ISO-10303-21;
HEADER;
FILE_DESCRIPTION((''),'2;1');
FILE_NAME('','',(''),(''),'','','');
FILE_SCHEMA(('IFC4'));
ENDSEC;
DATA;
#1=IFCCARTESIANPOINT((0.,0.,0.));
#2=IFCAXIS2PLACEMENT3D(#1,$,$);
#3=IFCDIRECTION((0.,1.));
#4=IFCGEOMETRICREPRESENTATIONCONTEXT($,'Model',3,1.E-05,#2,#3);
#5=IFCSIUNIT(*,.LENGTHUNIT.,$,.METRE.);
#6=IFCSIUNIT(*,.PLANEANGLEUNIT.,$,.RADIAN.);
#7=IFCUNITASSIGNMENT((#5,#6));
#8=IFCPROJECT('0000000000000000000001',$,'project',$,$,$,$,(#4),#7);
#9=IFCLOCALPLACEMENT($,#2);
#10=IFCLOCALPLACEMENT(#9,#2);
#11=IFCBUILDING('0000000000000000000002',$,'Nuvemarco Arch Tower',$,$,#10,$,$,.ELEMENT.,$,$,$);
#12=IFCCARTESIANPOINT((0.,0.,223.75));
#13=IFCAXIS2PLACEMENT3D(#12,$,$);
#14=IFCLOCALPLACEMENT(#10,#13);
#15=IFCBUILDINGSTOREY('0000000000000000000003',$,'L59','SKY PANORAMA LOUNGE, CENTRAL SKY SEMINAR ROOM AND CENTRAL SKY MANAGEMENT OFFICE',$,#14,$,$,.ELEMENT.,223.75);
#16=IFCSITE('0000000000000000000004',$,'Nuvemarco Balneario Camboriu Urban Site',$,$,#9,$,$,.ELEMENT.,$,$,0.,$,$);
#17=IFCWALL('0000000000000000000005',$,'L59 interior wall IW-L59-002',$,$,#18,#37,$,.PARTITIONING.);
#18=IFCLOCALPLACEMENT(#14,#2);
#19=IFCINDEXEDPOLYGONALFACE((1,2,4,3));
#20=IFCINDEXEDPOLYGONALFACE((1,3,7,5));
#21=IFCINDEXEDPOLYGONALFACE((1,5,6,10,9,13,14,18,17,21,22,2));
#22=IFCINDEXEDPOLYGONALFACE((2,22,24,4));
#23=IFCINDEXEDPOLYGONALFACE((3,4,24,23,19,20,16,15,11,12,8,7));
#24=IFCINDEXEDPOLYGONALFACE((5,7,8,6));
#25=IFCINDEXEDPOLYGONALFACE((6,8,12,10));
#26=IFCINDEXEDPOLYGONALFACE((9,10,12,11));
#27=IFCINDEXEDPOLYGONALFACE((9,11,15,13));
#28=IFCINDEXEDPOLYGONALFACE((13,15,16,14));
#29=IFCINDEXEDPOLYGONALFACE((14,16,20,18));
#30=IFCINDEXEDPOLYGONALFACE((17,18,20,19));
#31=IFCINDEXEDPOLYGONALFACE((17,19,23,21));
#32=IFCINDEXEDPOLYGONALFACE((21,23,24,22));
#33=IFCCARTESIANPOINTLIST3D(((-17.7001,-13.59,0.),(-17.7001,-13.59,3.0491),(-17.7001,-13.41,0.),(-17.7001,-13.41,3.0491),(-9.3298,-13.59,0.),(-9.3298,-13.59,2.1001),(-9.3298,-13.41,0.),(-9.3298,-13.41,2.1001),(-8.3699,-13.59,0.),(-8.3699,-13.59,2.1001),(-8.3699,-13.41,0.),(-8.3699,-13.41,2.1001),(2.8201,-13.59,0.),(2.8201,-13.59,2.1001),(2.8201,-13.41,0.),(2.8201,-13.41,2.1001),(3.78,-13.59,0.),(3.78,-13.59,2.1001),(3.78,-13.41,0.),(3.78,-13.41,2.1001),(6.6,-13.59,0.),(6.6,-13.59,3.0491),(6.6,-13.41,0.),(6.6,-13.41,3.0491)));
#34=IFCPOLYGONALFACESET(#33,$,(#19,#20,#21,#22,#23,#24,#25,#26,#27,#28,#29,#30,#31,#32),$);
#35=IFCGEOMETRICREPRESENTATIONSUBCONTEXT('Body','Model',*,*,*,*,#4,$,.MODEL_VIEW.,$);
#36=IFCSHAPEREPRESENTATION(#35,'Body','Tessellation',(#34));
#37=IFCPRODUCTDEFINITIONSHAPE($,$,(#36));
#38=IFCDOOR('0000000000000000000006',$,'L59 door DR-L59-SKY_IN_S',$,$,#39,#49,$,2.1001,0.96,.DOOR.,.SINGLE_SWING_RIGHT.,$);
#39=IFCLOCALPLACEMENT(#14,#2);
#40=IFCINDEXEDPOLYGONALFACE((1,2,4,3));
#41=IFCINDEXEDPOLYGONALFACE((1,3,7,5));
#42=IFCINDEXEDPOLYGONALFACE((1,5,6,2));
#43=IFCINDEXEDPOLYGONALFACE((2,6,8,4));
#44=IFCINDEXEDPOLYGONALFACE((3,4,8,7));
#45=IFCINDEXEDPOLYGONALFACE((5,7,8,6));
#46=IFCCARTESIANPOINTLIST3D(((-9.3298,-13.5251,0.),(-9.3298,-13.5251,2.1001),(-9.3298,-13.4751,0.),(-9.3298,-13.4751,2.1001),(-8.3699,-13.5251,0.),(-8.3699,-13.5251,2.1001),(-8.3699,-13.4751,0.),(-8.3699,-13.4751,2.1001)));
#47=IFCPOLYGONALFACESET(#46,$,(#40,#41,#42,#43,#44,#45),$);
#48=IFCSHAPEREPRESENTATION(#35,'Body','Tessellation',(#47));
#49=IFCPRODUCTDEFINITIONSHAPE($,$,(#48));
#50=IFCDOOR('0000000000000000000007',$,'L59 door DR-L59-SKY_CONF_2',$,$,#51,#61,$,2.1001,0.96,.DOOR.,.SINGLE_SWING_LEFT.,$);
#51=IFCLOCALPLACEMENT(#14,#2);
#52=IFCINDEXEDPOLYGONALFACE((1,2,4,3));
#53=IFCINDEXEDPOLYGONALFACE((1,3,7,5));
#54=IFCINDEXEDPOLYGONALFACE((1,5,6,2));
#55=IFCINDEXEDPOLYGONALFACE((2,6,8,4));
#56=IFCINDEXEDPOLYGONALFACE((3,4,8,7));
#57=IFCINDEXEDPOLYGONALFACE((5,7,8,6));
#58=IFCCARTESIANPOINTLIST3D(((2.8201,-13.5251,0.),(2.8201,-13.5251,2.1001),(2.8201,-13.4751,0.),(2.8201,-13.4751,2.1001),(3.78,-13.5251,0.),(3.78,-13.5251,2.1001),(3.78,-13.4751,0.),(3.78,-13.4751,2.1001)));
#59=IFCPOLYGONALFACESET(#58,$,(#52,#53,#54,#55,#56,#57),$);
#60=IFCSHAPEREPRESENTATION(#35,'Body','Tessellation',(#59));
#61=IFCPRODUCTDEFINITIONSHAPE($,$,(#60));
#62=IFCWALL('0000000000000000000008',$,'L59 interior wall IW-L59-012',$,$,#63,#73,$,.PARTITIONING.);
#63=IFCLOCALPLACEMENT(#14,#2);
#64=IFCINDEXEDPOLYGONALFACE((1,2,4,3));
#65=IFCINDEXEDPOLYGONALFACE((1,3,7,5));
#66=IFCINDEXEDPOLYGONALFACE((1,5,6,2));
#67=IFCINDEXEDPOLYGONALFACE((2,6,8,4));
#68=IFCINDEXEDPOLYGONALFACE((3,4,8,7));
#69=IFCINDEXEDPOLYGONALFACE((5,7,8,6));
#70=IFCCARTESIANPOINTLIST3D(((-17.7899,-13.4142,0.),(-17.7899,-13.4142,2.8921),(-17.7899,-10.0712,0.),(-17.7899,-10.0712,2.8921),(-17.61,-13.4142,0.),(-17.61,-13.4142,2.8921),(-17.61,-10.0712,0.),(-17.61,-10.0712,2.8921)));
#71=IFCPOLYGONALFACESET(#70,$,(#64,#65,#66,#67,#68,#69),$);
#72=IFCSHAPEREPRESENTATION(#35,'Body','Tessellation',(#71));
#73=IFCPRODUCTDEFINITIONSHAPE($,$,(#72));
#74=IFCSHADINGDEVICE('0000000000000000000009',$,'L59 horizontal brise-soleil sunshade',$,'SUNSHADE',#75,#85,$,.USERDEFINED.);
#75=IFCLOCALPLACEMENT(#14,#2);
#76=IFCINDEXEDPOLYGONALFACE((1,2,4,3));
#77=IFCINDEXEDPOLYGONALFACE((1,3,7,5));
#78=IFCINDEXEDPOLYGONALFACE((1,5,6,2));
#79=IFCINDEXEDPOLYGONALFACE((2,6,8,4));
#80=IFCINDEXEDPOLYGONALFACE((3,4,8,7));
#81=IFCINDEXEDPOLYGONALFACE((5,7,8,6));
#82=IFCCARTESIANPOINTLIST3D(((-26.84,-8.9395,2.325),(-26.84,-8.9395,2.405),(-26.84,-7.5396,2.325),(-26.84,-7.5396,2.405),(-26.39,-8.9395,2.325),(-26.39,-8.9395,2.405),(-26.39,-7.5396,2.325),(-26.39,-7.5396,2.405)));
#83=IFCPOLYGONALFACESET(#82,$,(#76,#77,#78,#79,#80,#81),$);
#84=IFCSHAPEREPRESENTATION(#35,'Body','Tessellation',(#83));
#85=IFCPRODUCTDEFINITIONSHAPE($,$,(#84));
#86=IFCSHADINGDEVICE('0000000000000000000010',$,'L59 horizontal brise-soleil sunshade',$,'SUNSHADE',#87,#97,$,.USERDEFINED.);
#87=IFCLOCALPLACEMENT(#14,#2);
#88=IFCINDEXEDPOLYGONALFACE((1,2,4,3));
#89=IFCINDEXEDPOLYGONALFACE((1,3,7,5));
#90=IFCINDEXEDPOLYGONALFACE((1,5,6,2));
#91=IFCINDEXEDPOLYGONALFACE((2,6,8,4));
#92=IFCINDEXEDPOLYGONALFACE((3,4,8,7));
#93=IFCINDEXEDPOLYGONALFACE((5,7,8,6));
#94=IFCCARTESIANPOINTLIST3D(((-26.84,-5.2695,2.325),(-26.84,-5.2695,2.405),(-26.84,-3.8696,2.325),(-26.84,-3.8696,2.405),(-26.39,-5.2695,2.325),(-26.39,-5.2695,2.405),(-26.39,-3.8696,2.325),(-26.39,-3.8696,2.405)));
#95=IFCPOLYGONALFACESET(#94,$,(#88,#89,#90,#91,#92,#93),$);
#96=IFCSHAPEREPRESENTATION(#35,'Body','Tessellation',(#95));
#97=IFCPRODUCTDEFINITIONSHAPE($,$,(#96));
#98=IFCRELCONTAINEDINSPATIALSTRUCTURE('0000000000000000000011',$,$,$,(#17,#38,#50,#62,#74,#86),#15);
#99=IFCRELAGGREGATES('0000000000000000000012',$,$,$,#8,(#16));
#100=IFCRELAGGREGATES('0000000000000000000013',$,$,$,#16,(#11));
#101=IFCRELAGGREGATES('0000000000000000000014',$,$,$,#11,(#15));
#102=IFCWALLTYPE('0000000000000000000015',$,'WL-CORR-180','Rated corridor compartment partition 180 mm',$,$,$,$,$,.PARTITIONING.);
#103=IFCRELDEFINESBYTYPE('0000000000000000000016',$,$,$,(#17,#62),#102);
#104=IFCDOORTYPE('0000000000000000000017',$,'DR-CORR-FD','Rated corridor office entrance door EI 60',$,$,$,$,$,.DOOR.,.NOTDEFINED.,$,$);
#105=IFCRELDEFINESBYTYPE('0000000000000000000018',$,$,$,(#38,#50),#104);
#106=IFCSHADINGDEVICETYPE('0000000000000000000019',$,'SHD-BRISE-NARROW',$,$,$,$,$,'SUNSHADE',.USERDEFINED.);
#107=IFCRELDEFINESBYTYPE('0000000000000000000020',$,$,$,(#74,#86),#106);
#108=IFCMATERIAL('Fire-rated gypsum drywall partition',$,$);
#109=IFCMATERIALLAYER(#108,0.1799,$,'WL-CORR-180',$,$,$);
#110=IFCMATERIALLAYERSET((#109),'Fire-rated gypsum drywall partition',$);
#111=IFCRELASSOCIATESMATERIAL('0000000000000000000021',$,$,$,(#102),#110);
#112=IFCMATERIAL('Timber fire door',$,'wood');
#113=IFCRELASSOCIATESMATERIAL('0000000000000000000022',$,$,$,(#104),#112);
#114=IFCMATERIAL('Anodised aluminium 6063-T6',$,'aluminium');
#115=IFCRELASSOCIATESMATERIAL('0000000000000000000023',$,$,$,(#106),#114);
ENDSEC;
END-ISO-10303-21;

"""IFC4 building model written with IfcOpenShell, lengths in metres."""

from ifc_helpers import new_model, si_unit, direction, frame, frame_2d, origin, origin_2d, place, context, subcontext, project, spatial, rectangle, extrude, source, transform, mapped, material, layer, layer_set, type_object, type_shapes, element, fill, save


model = new_model("IFC4")

# Units and contexts
model_context = context("Model", 3, precision=1e-05, world=origin(), true_north=direction((0.0, 1.0)))
body_context = subcontext(model_context, "Body", "Model", "MODEL_VIEW")
ifc_project = project(units=[si_unit("LENGTHUNIT", "METRE"), si_unit("PLANEANGLEUNIT", "RADIAN")], contexts=[model_context])

# Site, building, storey
site_placement = place(None, origin())
site = spatial("IfcSite", under=ifc_project, at=site_placement, Name="Nuvemarco Balneario Camboriu Urban Site", CompositionType="ELEMENT", RefElevation=0.0)
building_placement = place(site_placement, origin())
building = spatial("IfcBuilding", under=site, at=building_placement, Name="Nuvemarco Arch Tower", CompositionType="ELEMENT")
storey_placement = place(building_placement, frame((0.0, 0.0, 223.75)))
storey = spatial("IfcBuildingStorey", under=building, at=storey_placement, Name="L59", Description="SKY PANORAMA LOUNGE, CENTRAL SKY SEMINAR ROOM AND CENTRAL SKY MANAGEMENT OFFICE", CompositionType="ELEMENT", Elevation=223.75)

# Wall, openings, doors
ifc_material_1 = material(Name="Fire-rated gypsum drywall partition")
ifc_layer_1 = layer(ifc_material_1, 0.1799, Name="WL-CORR-180")
ifc_layer_set_1 = layer_set([ifc_layer_1], Name="Fire-rated gypsum drywall partition")
wall_type_1 = type_object("IfcWallType", Name="WL-CORR-180", Description="Rated corridor compartment partition 180 mm", PredefinedType="PARTITIONING", material=ifc_layer_set_1)
wall_1_placement = place(storey_placement, frame((-17.7, -13.5, 0.0), z_axis=(0.0, 0.0, 1.0), x_axis=(1.0, 0.0, 0.0)))
wall_1 = element("IfcWall", 1, at=wall_1_placement, inside=storey, type_object=wall_type_1, Name="L59 interior wall IW-L59-002", PredefinedType="PARTITIONING", context=body_context, shape_type="SweptSolid", body=[
    extrude(rectangle(XDim=24.3, YDim=0.1799, at=frame_2d((12.1499, 0.0))), origin(), (0.0, 0.0, 1.0), 3.0491),
])
opening_1_placement = place(wall_1_placement, frame((8.3701, 0.0, 0.0)))
opening_1 = element("IfcOpeningElement", 2, at=opening_1_placement, cuts=wall_1, PredefinedType="OPENING", context=body_context, shape_type="SweptSolid", body=[
    extrude(rectangle(XDim=0.96, YDim=2.1001, at=frame_2d((0.48, 1.05))), frame((0.0, 0.0999, 0.0), z_axis=(0.0, -1.0, 0.0), x_axis=(1.0, 0.0, 0.0)), (0.0, 0.0, 1.0), 0.2),
])
opening_2_placement = place(wall_1_placement, frame((20.52, 0.0, 0.0)))
opening_2 = element("IfcOpeningElement", 3, at=opening_2_placement, cuts=wall_1, PredefinedType="OPENING", context=body_context, shape_type="SweptSolid", body=[
    extrude(rectangle(XDim=0.96, YDim=2.1001, at=frame_2d((0.48, 1.05))), frame((0.0, 0.0999, 0.0), z_axis=(0.0, -1.0, 0.0), x_axis=(1.0, 0.0, 0.0)), (0.0, 0.0, 1.0), 0.2),
])
ifc_material_2 = material(Name="Timber fire door", Category="wood")
door_type = type_object("IfcDoorType", Name="DR-CORR-FD", Description="Rated corridor office entrance door EI 60", OperationType="NOTDEFINED", PredefinedType="DOOR", material=ifc_material_2)
shared_shape_1 = source(origin(), body_context, "Body", "SweptSolid", [
    extrude(rectangle(XDim=0.96, YDim=2.1001, at=frame_2d((0.48, 1.05))), frame((0.0, 0.0249, 0.0), z_axis=(0.0, -1.0, 0.0), x_axis=(1.0, 0.0, 0.0)), (0.0, 0.0, 1.0), 0.05),
])
type_shapes(door_type, [shared_shape_1])
door_1_placement = place(opening_1_placement, origin())
door_1 = element("IfcDoor", 4, at=door_1_placement, inside=storey, type_object=door_type, Name="L59 door DR-L59-SKY_IN_S", OperationType="SINGLE_SWING_RIGHT", OverallHeight=2.1001, OverallWidth=0.96, PredefinedType="DOOR", context=body_context, shape_type="MappedRepresentation", body=[
    mapped(shared_shape_1, transform((0.0, 0.0, 0.0), scale=1.0)),
])
fill(opening_1, door_1)
door_2_placement = place(opening_2_placement, origin())
door_2 = element("IfcDoor", 5, at=door_2_placement, inside=storey, type_object=door_type, Name="L59 door DR-L59-SKY_CONF_2", OperationType="SINGLE_SWING_LEFT", OverallHeight=2.1001, OverallWidth=0.96, PredefinedType="DOOR", context=body_context, shape_type="MappedRepresentation", body=[
    mapped(shared_shape_1, transform((0.0, 0.0, 0.0), scale=1.0)),
])
fill(opening_2, door_2)

# Wall
wall_2_placement = place(storey_placement, frame((-17.7, -13.4141, 0.0), z_axis=(0.0, 0.0, 1.0), x_axis=(0.0, 1.0, 0.0)))
element("IfcWall", 6, at=wall_2_placement, inside=storey, type_object=wall_type_1, Name="L59 interior wall IW-L59-012", PredefinedType="PARTITIONING", context=body_context, shape_type="SweptSolid", body=[
    extrude(rectangle(XDim=3.343, YDim=0.1799, at=frame_2d((1.6714, 0.0))), origin(), (0.0, 0.0, 1.0), 2.8921),
])

# Shading devices
ifc_material_3 = material(Name="Anodised aluminium 6063-T6", Category="aluminium")
shading_device_type = type_object("IfcShadingDeviceType", Name="SHD-BRISE-NARROW", ElementType="SUNSHADE", PredefinedType="USERDEFINED", material=ifc_material_3)
shared_shape_2 = source(origin(), body_context, "Body", "SweptSolid", [
    extrude(rectangle(XDim=1.3999, YDim=0.45, at=origin_2d()), origin(), (0.0, 0.0, 1.0), 0.0801),
])
type_shapes(shading_device_type, [shared_shape_2])
for number, where, z_axis, x_axis, name in (
    (7, (-26.615, -8.2395, 2.325), (0.0, 0.0, 1.0), (0.0, 1.0, 0.0), "L59 horizontal brise-soleil sunshade"),
    (8, (-26.615, -4.5696, 2.325), (0.0, 0.0, 1.0), (0.0, 1.0, 0.0), "L59 horizontal brise-soleil sunshade"),
):
    element("IfcShadingDevice", number, at=place(storey_placement, frame(where, z_axis=z_axis, x_axis=x_axis)), inside=storey, type_object=shading_device_type, Name=name, ObjectType="SUNSHADE", PredefinedType="USERDEFINED", context=body_context, shape_type="MappedRepresentation", body=[
        mapped(shared_shape_2, transform((0.0, 0.0, 0.0), scale=1.0)),
    ])

save(model, "model.ifc")
